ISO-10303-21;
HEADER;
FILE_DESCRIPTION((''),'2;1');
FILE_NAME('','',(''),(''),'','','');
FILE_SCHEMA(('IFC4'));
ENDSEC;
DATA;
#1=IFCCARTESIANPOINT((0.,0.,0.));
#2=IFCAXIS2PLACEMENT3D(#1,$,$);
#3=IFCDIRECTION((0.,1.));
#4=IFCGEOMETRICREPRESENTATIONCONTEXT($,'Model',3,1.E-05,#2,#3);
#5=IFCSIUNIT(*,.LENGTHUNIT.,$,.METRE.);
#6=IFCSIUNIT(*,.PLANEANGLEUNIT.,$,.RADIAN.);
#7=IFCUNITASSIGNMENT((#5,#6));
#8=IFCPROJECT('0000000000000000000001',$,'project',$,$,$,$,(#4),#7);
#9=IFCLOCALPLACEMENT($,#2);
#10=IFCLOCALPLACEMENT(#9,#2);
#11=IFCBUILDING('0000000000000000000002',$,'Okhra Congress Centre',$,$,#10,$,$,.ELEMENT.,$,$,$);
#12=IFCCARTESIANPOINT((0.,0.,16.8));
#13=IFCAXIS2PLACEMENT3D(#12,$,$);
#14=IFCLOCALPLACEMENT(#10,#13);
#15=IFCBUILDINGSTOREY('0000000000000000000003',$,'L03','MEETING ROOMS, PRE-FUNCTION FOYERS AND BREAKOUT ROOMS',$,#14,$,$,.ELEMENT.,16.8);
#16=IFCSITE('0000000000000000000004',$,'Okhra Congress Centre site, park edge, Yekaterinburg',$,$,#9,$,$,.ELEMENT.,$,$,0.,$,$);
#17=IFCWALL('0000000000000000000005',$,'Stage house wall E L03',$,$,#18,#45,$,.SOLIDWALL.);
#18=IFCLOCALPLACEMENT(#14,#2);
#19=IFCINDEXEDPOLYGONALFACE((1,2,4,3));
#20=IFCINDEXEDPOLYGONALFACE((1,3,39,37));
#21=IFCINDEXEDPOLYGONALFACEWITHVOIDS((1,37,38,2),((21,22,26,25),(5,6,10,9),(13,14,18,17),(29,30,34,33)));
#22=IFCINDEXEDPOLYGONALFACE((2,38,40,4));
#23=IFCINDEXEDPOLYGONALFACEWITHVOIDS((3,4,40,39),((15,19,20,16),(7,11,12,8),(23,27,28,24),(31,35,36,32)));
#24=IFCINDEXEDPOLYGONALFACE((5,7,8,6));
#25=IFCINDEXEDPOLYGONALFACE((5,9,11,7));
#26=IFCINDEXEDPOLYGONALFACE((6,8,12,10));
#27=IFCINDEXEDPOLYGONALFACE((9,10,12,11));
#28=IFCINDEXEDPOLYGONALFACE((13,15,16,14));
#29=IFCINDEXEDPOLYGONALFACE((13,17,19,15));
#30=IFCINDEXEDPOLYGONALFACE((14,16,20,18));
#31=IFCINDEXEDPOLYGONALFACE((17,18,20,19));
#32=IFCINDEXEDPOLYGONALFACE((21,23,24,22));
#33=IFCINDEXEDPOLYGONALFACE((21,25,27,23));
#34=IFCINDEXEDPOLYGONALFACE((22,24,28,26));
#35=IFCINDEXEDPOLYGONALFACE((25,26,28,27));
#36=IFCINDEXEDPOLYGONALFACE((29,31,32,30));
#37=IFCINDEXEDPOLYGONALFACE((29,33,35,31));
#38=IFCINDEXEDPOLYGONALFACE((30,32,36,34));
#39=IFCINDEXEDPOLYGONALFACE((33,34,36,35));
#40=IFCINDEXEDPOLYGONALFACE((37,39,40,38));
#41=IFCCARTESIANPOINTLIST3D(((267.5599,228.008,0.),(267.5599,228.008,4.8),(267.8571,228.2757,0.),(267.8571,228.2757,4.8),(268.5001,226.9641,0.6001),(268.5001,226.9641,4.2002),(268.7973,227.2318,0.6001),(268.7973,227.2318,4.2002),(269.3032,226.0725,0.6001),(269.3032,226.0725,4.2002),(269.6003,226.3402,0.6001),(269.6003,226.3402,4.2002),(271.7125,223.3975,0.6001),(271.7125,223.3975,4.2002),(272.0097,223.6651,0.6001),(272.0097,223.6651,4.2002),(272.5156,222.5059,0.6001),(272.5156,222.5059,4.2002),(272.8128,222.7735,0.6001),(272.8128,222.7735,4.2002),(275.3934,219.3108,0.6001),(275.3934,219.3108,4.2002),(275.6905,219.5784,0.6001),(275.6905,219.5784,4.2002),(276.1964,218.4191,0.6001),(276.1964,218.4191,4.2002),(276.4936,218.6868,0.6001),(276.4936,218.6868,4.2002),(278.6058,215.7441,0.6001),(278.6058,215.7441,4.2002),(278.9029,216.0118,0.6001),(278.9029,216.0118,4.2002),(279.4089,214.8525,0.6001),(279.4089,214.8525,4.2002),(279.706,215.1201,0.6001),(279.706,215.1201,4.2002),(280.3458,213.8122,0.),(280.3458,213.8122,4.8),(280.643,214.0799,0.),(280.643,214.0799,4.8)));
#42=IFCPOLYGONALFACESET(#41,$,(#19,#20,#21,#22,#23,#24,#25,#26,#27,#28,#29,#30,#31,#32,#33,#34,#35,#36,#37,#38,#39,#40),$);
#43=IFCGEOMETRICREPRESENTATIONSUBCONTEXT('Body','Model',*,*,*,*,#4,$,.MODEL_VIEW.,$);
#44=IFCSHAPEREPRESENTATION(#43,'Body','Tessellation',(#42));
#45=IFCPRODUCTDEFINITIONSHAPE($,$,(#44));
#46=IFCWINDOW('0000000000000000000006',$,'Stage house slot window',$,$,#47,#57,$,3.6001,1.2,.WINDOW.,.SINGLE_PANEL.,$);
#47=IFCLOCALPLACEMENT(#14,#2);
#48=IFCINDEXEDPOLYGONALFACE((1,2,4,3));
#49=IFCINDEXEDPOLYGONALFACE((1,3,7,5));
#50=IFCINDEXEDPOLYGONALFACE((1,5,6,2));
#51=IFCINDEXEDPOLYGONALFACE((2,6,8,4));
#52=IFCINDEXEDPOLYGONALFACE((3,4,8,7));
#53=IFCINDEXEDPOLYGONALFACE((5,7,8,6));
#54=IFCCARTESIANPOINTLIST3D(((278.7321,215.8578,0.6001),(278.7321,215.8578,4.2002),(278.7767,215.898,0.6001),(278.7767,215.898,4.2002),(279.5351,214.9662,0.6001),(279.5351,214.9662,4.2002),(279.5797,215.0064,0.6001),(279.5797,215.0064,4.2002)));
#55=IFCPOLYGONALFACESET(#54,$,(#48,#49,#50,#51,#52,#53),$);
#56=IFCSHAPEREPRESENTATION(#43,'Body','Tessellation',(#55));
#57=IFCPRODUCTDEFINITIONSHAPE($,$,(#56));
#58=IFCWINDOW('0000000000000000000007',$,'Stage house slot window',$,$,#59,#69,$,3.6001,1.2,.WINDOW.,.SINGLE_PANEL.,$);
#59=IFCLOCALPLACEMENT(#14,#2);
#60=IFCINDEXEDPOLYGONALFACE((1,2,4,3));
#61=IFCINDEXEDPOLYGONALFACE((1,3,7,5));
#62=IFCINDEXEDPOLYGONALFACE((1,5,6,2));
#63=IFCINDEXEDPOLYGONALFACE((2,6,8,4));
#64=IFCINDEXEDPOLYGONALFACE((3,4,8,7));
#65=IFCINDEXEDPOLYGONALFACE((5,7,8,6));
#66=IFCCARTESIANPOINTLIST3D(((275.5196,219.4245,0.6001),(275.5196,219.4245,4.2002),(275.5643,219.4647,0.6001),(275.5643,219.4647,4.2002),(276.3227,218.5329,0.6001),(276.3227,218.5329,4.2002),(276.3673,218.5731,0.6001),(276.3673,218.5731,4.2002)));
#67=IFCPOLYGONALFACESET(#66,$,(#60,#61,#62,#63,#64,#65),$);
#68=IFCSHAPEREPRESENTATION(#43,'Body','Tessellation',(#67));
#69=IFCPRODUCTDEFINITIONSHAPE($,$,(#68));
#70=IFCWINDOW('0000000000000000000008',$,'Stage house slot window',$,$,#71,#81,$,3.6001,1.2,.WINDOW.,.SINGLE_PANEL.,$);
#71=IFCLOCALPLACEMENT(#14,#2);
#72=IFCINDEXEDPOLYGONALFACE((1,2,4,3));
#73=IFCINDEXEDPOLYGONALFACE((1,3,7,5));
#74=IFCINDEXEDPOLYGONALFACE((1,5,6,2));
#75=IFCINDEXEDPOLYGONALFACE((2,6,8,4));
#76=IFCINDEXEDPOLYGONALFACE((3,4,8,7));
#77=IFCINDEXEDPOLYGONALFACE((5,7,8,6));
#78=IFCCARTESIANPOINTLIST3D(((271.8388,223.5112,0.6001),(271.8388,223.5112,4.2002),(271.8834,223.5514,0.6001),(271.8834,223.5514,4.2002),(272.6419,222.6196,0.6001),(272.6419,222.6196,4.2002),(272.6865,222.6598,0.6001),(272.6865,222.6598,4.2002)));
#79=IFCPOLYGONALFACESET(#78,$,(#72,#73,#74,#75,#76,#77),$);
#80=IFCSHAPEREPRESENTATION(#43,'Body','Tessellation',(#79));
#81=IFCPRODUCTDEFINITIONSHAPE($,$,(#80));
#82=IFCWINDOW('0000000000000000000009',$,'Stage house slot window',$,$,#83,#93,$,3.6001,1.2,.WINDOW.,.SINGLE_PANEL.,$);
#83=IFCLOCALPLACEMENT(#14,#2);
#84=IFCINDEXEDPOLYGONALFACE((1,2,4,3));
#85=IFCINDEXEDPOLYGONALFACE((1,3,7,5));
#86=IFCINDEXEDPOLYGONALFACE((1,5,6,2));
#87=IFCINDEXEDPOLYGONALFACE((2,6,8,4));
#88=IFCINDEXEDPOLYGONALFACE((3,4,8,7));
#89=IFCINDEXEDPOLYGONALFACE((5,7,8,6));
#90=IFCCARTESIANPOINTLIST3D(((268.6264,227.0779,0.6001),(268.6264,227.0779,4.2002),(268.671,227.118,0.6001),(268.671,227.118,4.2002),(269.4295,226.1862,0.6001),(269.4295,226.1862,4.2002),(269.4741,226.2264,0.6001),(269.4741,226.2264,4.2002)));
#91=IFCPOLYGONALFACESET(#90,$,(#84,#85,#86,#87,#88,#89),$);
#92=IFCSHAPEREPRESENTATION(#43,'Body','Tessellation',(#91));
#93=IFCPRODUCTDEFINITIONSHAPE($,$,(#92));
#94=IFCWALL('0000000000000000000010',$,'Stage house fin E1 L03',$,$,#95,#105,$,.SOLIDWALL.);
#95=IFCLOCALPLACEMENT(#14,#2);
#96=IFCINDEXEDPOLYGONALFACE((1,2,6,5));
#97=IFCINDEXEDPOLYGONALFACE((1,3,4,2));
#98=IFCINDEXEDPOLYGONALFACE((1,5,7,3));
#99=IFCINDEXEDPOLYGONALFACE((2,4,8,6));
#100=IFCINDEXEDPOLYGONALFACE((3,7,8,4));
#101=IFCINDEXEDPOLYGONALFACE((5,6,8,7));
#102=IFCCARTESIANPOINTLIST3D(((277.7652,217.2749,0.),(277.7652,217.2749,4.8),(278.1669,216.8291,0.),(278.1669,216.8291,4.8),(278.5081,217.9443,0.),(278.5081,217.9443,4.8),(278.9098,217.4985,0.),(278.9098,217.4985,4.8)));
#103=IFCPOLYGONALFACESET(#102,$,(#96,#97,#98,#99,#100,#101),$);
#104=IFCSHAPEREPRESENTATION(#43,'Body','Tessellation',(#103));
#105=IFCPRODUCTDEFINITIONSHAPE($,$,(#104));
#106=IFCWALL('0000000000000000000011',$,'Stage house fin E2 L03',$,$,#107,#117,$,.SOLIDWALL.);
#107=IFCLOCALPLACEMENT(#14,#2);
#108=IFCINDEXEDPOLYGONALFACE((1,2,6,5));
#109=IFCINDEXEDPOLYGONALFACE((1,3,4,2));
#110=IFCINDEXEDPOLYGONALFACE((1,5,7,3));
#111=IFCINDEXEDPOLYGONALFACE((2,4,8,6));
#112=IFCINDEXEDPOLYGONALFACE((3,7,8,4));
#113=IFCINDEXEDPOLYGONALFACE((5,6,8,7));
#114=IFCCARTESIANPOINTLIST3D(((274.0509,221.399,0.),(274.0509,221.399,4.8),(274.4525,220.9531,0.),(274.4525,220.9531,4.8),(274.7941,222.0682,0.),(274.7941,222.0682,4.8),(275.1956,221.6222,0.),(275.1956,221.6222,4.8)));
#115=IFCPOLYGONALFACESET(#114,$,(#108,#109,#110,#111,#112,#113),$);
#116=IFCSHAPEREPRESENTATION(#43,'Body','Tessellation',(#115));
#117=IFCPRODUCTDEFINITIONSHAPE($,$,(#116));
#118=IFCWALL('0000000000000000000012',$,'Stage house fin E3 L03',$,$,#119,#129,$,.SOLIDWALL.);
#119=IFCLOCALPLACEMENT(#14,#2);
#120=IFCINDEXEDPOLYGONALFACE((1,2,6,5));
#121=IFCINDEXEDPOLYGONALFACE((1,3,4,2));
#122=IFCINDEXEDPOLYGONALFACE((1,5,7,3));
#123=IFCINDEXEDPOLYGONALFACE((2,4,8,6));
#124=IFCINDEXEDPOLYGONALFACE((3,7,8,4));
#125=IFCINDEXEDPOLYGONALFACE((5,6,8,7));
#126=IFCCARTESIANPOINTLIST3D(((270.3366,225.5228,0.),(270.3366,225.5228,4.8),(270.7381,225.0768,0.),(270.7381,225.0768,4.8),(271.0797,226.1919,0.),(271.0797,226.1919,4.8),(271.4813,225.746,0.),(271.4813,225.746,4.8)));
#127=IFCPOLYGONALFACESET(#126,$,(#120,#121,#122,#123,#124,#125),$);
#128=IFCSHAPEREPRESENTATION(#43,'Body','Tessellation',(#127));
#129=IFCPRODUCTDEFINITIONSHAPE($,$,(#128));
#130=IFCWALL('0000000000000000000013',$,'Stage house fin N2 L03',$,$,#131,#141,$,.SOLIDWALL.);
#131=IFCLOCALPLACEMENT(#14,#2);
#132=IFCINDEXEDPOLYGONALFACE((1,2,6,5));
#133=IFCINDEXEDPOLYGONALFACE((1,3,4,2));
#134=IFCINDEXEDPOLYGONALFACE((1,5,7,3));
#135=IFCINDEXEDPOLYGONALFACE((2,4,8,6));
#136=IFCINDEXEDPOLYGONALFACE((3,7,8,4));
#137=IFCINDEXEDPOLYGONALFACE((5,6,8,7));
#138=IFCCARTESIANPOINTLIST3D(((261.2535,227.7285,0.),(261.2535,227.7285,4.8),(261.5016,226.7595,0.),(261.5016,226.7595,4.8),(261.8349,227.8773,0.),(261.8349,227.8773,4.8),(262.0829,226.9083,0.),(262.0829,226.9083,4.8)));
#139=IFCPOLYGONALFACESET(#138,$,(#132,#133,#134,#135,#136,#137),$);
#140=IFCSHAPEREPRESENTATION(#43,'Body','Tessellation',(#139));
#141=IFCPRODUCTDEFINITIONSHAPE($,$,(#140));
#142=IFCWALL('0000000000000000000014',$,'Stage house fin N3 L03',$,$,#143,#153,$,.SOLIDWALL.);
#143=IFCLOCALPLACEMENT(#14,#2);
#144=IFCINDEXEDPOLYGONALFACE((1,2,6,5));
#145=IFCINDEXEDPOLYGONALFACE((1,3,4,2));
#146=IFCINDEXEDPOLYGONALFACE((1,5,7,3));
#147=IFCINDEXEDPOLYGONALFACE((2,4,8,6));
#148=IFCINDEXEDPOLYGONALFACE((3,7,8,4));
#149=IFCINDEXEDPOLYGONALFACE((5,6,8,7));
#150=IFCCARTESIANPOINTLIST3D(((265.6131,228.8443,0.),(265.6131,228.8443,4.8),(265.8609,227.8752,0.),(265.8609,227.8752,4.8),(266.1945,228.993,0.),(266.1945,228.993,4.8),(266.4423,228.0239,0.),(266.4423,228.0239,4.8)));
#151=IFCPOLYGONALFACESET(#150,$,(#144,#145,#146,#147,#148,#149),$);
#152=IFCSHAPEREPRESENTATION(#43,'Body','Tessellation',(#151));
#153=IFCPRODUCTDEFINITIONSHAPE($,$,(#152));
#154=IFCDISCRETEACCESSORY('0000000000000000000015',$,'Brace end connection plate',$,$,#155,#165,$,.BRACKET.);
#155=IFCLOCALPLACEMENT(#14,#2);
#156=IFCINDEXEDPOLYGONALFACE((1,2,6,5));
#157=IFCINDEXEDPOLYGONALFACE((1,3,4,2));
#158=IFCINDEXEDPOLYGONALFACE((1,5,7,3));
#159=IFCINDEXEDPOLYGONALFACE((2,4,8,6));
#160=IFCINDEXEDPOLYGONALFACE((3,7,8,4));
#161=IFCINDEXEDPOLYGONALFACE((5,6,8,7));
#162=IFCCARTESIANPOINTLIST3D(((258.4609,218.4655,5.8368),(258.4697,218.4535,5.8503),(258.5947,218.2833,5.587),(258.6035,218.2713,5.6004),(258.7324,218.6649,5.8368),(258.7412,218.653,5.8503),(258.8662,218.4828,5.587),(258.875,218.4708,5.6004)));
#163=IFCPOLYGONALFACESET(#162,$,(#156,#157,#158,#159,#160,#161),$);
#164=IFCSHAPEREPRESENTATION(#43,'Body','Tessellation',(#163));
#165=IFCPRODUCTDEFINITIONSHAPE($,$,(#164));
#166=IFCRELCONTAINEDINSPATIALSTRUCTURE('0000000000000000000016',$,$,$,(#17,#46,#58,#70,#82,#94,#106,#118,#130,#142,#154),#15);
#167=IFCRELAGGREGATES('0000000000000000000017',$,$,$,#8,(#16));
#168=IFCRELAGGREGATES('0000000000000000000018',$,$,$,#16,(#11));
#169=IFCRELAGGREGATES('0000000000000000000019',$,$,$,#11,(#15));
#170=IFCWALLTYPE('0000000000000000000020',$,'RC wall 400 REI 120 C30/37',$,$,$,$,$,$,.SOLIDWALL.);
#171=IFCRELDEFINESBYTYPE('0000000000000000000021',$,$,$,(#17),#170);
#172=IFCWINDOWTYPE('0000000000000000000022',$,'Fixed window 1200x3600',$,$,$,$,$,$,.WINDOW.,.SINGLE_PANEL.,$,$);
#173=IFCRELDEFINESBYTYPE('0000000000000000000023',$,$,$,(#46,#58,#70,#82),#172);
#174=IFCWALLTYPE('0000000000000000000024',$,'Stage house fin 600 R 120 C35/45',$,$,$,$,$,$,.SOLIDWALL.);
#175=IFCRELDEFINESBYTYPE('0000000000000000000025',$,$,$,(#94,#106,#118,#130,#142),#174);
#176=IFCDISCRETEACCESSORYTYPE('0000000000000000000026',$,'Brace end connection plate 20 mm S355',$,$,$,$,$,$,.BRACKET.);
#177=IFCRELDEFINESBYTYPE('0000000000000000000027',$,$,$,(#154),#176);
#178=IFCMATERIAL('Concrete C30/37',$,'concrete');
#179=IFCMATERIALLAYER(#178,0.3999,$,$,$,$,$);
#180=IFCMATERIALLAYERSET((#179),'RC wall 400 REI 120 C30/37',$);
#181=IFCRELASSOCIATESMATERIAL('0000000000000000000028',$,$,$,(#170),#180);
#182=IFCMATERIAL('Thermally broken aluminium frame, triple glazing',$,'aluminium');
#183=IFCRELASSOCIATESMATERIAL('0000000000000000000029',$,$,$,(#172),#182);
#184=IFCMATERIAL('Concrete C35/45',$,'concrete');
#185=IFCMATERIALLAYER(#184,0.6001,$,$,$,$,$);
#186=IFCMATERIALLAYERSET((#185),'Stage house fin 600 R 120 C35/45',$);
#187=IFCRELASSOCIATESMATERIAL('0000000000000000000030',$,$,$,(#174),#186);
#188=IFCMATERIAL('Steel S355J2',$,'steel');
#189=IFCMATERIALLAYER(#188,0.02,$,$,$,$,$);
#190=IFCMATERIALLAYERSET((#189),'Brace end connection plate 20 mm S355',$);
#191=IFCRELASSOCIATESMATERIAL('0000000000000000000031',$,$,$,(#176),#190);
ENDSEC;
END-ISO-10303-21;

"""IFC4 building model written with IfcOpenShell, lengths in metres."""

from ifc_helpers import new_model, si_unit, direction, frame, frame_2d, origin, origin_2d, place, context, subcontext, project, spatial, rectangle, extrude, material, layer, layer_set, type_object, element, fill, save


model = new_model("IFC4")

# Units and contexts
model_context = context("Model", 3, precision=1e-05, world=origin(), true_north=direction((0.0, 1.0)))
body_context = subcontext(model_context, "Body", "Model", "MODEL_VIEW")
ifc_project = project(units=[si_unit("LENGTHUNIT", "METRE"), si_unit("PLANEANGLEUNIT", "RADIAN")], contexts=[model_context])

# Site, building, storey
site_placement = place(None, origin())
site = spatial("IfcSite", under=ifc_project, at=site_placement, Name="Okhra Congress Centre site, park edge, Yekaterinburg", CompositionType="ELEMENT", RefElevation=0.0)
building_placement = place(site_placement, origin())
building = spatial("IfcBuilding", under=site, at=building_placement, Name="Okhra Congress Centre", CompositionType="ELEMENT")
storey_placement = place(building_placement, frame((0.0, 0.0, 16.8)))
storey = spatial("IfcBuildingStorey", under=building, at=storey_placement, Name="L03", Description="MEETING ROOMS, PRE-FUNCTION FOYERS AND BREAKOUT ROOMS", CompositionType="ELEMENT", Elevation=16.8)

# Shared definitions
ifc_material_1 = material(Name="Steel S355J2", Category="steel")

# Wall, openings, windows
ifc_material_2 = material(Name="Concrete C30/37", Category="concrete")
ifc_layer_1 = layer(ifc_material_2, 0.3999)
ifc_layer_set_1 = layer_set([ifc_layer_1], Name="RC wall 400 REI 120 C30/37")
wall_type_1 = type_object("IfcWallType", Name="RC wall 400 REI 120 C30/37", PredefinedType="SOLIDWALL", material=ifc_layer_set_1)
wall_placement = place(storey_placement, frame((280.4944, 213.946, 0.0), z_axis=(0.0, 0.0, 1.0), x_axis=(-0.669244, 0.743042, 0.0)))
wall = element("IfcWall", 1, at=wall_placement, inside=storey, type_object=wall_type_1, Name="Stage house wall E L03", PredefinedType="SOLIDWALL", context=body_context, shape_type="SweptSolid", body=[
    extrude(rectangle(XDim=19.105, YDim=0.3999, at=frame_2d((9.5525, 0.0))), origin(), (0.0, 0.0, 1.0), 4.8),
])
opening_1_placement = place(wall_placement, frame((1.3999, 0.0, 0.6001)))
opening_1 = element("IfcOpeningElement", 2, at=opening_1_placement, cuts=wall, PredefinedType="OPENING", context=body_context, shape_type="SweptSolid", body=[
    extrude(rectangle(XDim=1.2, YDim=3.6001, at=frame_2d((0.6001, 1.8))), frame((0.0, 0.21, 0.0), z_axis=(0.0, -1.0, 0.0), x_axis=(1.0, 0.0, 0.0)), (0.0, 0.0, 1.0), 0.4199),
])
opening_2_placement = place(wall_placement, frame((6.2, 0.0, 0.6001)))
opening_2 = element("IfcOpeningElement", 3, at=opening_2_placement, cuts=wall, PredefinedType="OPENING", context=body_context, shape_type="SweptSolid", body=[
    extrude(rectangle(XDim=1.2, YDim=3.6001, at=frame_2d((0.6001, 1.8))), frame((0.0, 0.21, 0.0), z_axis=(0.0, -1.0, 0.0), x_axis=(1.0, 0.0, 0.0)), (0.0, 0.0, 1.0), 0.4199),
])
opening_3_placement = place(wall_placement, frame((11.7, 0.0, 0.6001)))
opening_3 = element("IfcOpeningElement", 4, at=opening_3_placement, cuts=wall, PredefinedType="OPENING", context=body_context, shape_type="SweptSolid", body=[
    extrude(rectangle(XDim=1.2, YDim=3.6001, at=frame_2d((0.6001, 1.8))), frame((0.0, 0.21, 0.0), z_axis=(0.0, -1.0, 0.0), x_axis=(1.0, 0.0, 0.0)), (0.0, 0.0, 1.0), 0.4199),
])
opening_4_placement = place(wall_placement, frame((16.5, 0.0, 0.6001)))
opening_4 = element("IfcOpeningElement", 5, at=opening_4_placement, cuts=wall, PredefinedType="OPENING", context=body_context, shape_type="SweptSolid", body=[
    extrude(rectangle(XDim=1.2, YDim=3.6001, at=frame_2d((0.6001, 1.8))), frame((0.0, 0.21, 0.0), z_axis=(0.0, -1.0, 0.0), x_axis=(1.0, 0.0, 0.0)), (0.0, 0.0, 1.0), 0.4199),
])
ifc_material_3 = material(Name="Thermally broken aluminium frame, triple glazing", Category="aluminium")
window_type = type_object("IfcWindowType", Name="Fixed window 1200x3600", PartitioningType="SINGLE_PANEL", PredefinedType="WINDOW", material=ifc_material_3)
window_1_placement = place(opening_1_placement, origin())
window_1 = element("IfcWindow", 6, at=window_1_placement, inside=storey, type_object=window_type, Name="Stage house slot window", OverallHeight=3.6001, OverallWidth=1.2, PartitioningType="SINGLE_PANEL", PredefinedType="WINDOW", context=body_context, shape_type="SweptSolid", body=[
    extrude(rectangle(XDim=1.2, YDim=3.6001, at=frame_2d((0.6001, 1.8))), frame((0.0, 0.03, 0.0), z_axis=(0.0, -1.0, 0.0), x_axis=(1.0, 0.0, 0.0)), (0.0, 0.0, 1.0), 0.0601),
])
fill(opening_1, window_1)
window_2_placement = place(opening_2_placement, origin())
window_2 = element("IfcWindow", 7, at=window_2_placement, inside=storey, type_object=window_type, Name="Stage house slot window", OverallHeight=3.6001, OverallWidth=1.2, PartitioningType="SINGLE_PANEL", PredefinedType="WINDOW", context=body_context, shape_type="SweptSolid", body=[
    extrude(rectangle(XDim=1.2, YDim=3.6001, at=frame_2d((0.6001, 1.8))), frame((0.0, 0.03, 0.0), z_axis=(0.0, -1.0, 0.0), x_axis=(1.0, 0.0, 0.0)), (0.0, 0.0, 1.0), 0.0601),
])
fill(opening_2, window_2)
window_3_placement = place(opening_3_placement, origin())
window_3 = element("IfcWindow", 8, at=window_3_placement, inside=storey, type_object=window_type, Name="Stage house slot window", OverallHeight=3.6001, OverallWidth=1.2, PartitioningType="SINGLE_PANEL", PredefinedType="WINDOW", context=body_context, shape_type="SweptSolid", body=[
    extrude(rectangle(XDim=1.2, YDim=3.6001, at=frame_2d((0.6001, 1.8))), frame((0.0, 0.03, 0.0), z_axis=(0.0, -1.0, 0.0), x_axis=(1.0, 0.0, 0.0)), (0.0, 0.0, 1.0), 0.0601),
])
fill(opening_3, window_3)
window_4_placement = place(opening_4_placement, origin())
window_4 = element("IfcWindow", 9, at=window_4_placement, inside=storey, type_object=window_type, Name="Stage house slot window", OverallHeight=3.6001, OverallWidth=1.2, PartitioningType="SINGLE_PANEL", PredefinedType="WINDOW", context=body_context, shape_type="SweptSolid", body=[
    extrude(rectangle(XDim=1.2, YDim=3.6001, at=frame_2d((0.6001, 1.8))), frame((0.0, 0.03, 0.0), z_axis=(0.0, -1.0, 0.0), x_axis=(1.0, 0.0, 0.0)), (0.0, 0.0, 1.0), 0.0601),
])
fill(opening_4, window_4)

# Walls
ifc_material_4 = material(Name="Concrete C35/45", Category="concrete")
ifc_layer_2 = layer(ifc_material_4, 0.6001)
ifc_layer_set_2 = layer_set([ifc_layer_2], Name="Stage house fin 600 R 120 C35/45")
wall_type_2 = type_object("IfcWallType", Name="Stage house fin 600 R 120 C35/45", PredefinedType="SOLIDWALL", material=ifc_layer_set_2)
for number, where, z_axis, x_axis, name in (
    (10, (277.9661, 217.052, 0.0), (0.0, 0.0, 1.0), (0.742893, 0.66941, 0.0), "Stage house fin E1 L03"),
    (11, (274.2517, 221.176, 0.0), (0.0, 0.0, 1.0), (0.743124, 0.669154, 0.0), "Stage house fin E2 L03"),
    (12, (270.5374, 225.2998, 0.0), (0.0, 0.0, 1.0), (0.743124, 0.669154, 0.0), "Stage house fin E3 L03"),
):
    element("IfcWall", number, at=place(storey_placement, frame(where, z_axis=z_axis, x_axis=x_axis)), inside=storey, type_object=wall_type_2, Name=name, PredefinedType="SOLIDWALL", context=body_context, shape_type="SweptSolid", body=[
        extrude(rectangle(XDim=1.0, YDim=0.6001, at=frame_2d((0.5, 0.0))), origin(), (0.0, 0.0, 1.0), 4.8),
    ])
for number, where, z_axis, x_axis, name in (
    (13, (261.7922, 226.834, 0.0), (0.0, 0.0, 1.0), (-0.247988, 0.968763, 0.0), "Stage house fin N2 L03"),
    (14, (266.1516, 227.9497, 0.0), (0.0, 0.0, 1.0), (-0.247759, 0.968822, 0.0), "Stage house fin N3 L03"),
):
    element("IfcWall", number, at=place(storey_placement, frame(where, z_axis=z_axis, x_axis=x_axis)), inside=storey, type_object=wall_type_2, Name=name, PredefinedType="SOLIDWALL", context=body_context, shape_type="SweptSolid", body=[
        extrude(rectangle(XDim=1.0002, YDim=0.6001, at=frame_2d((0.5, 0.0))), origin(), (0.0, 0.0, 1.0), 4.8),
    ])

# Discrete accessory
ifc_layer_3 = layer(ifc_material_1, 0.02)
ifc_layer_set_3 = layer_set([ifc_layer_3], Name="Brace end connection plate 20 mm S355")
discrete_accessory_type = type_object("IfcDiscreteAccessoryType", Name="Brace end connection plate 20 mm S355", PredefinedType="BRACKET", material=ifc_layer_set_3)
discrete_accessory_placement = place(storey_placement, frame((258.6636, 218.4741, 5.7119), z_axis=(0.43909, -0.59765, 0.670831), x_axis=(0.805882, 0.592076, 0.0)))
element("IfcDiscreteAccessory", 15, at=discrete_accessory_placement, inside=storey, type_object=discrete_accessory_type, Name="Brace end connection plate", PredefinedType="BRACKET", context=body_context, shape_type="SweptSolid", body=[
    extrude(rectangle(XDim=0.3369, YDim=0.3369, at=origin_2d()), origin(), (0.0, 0.0, 1.0), 0.02),
])

save(model, "model.ifc")
